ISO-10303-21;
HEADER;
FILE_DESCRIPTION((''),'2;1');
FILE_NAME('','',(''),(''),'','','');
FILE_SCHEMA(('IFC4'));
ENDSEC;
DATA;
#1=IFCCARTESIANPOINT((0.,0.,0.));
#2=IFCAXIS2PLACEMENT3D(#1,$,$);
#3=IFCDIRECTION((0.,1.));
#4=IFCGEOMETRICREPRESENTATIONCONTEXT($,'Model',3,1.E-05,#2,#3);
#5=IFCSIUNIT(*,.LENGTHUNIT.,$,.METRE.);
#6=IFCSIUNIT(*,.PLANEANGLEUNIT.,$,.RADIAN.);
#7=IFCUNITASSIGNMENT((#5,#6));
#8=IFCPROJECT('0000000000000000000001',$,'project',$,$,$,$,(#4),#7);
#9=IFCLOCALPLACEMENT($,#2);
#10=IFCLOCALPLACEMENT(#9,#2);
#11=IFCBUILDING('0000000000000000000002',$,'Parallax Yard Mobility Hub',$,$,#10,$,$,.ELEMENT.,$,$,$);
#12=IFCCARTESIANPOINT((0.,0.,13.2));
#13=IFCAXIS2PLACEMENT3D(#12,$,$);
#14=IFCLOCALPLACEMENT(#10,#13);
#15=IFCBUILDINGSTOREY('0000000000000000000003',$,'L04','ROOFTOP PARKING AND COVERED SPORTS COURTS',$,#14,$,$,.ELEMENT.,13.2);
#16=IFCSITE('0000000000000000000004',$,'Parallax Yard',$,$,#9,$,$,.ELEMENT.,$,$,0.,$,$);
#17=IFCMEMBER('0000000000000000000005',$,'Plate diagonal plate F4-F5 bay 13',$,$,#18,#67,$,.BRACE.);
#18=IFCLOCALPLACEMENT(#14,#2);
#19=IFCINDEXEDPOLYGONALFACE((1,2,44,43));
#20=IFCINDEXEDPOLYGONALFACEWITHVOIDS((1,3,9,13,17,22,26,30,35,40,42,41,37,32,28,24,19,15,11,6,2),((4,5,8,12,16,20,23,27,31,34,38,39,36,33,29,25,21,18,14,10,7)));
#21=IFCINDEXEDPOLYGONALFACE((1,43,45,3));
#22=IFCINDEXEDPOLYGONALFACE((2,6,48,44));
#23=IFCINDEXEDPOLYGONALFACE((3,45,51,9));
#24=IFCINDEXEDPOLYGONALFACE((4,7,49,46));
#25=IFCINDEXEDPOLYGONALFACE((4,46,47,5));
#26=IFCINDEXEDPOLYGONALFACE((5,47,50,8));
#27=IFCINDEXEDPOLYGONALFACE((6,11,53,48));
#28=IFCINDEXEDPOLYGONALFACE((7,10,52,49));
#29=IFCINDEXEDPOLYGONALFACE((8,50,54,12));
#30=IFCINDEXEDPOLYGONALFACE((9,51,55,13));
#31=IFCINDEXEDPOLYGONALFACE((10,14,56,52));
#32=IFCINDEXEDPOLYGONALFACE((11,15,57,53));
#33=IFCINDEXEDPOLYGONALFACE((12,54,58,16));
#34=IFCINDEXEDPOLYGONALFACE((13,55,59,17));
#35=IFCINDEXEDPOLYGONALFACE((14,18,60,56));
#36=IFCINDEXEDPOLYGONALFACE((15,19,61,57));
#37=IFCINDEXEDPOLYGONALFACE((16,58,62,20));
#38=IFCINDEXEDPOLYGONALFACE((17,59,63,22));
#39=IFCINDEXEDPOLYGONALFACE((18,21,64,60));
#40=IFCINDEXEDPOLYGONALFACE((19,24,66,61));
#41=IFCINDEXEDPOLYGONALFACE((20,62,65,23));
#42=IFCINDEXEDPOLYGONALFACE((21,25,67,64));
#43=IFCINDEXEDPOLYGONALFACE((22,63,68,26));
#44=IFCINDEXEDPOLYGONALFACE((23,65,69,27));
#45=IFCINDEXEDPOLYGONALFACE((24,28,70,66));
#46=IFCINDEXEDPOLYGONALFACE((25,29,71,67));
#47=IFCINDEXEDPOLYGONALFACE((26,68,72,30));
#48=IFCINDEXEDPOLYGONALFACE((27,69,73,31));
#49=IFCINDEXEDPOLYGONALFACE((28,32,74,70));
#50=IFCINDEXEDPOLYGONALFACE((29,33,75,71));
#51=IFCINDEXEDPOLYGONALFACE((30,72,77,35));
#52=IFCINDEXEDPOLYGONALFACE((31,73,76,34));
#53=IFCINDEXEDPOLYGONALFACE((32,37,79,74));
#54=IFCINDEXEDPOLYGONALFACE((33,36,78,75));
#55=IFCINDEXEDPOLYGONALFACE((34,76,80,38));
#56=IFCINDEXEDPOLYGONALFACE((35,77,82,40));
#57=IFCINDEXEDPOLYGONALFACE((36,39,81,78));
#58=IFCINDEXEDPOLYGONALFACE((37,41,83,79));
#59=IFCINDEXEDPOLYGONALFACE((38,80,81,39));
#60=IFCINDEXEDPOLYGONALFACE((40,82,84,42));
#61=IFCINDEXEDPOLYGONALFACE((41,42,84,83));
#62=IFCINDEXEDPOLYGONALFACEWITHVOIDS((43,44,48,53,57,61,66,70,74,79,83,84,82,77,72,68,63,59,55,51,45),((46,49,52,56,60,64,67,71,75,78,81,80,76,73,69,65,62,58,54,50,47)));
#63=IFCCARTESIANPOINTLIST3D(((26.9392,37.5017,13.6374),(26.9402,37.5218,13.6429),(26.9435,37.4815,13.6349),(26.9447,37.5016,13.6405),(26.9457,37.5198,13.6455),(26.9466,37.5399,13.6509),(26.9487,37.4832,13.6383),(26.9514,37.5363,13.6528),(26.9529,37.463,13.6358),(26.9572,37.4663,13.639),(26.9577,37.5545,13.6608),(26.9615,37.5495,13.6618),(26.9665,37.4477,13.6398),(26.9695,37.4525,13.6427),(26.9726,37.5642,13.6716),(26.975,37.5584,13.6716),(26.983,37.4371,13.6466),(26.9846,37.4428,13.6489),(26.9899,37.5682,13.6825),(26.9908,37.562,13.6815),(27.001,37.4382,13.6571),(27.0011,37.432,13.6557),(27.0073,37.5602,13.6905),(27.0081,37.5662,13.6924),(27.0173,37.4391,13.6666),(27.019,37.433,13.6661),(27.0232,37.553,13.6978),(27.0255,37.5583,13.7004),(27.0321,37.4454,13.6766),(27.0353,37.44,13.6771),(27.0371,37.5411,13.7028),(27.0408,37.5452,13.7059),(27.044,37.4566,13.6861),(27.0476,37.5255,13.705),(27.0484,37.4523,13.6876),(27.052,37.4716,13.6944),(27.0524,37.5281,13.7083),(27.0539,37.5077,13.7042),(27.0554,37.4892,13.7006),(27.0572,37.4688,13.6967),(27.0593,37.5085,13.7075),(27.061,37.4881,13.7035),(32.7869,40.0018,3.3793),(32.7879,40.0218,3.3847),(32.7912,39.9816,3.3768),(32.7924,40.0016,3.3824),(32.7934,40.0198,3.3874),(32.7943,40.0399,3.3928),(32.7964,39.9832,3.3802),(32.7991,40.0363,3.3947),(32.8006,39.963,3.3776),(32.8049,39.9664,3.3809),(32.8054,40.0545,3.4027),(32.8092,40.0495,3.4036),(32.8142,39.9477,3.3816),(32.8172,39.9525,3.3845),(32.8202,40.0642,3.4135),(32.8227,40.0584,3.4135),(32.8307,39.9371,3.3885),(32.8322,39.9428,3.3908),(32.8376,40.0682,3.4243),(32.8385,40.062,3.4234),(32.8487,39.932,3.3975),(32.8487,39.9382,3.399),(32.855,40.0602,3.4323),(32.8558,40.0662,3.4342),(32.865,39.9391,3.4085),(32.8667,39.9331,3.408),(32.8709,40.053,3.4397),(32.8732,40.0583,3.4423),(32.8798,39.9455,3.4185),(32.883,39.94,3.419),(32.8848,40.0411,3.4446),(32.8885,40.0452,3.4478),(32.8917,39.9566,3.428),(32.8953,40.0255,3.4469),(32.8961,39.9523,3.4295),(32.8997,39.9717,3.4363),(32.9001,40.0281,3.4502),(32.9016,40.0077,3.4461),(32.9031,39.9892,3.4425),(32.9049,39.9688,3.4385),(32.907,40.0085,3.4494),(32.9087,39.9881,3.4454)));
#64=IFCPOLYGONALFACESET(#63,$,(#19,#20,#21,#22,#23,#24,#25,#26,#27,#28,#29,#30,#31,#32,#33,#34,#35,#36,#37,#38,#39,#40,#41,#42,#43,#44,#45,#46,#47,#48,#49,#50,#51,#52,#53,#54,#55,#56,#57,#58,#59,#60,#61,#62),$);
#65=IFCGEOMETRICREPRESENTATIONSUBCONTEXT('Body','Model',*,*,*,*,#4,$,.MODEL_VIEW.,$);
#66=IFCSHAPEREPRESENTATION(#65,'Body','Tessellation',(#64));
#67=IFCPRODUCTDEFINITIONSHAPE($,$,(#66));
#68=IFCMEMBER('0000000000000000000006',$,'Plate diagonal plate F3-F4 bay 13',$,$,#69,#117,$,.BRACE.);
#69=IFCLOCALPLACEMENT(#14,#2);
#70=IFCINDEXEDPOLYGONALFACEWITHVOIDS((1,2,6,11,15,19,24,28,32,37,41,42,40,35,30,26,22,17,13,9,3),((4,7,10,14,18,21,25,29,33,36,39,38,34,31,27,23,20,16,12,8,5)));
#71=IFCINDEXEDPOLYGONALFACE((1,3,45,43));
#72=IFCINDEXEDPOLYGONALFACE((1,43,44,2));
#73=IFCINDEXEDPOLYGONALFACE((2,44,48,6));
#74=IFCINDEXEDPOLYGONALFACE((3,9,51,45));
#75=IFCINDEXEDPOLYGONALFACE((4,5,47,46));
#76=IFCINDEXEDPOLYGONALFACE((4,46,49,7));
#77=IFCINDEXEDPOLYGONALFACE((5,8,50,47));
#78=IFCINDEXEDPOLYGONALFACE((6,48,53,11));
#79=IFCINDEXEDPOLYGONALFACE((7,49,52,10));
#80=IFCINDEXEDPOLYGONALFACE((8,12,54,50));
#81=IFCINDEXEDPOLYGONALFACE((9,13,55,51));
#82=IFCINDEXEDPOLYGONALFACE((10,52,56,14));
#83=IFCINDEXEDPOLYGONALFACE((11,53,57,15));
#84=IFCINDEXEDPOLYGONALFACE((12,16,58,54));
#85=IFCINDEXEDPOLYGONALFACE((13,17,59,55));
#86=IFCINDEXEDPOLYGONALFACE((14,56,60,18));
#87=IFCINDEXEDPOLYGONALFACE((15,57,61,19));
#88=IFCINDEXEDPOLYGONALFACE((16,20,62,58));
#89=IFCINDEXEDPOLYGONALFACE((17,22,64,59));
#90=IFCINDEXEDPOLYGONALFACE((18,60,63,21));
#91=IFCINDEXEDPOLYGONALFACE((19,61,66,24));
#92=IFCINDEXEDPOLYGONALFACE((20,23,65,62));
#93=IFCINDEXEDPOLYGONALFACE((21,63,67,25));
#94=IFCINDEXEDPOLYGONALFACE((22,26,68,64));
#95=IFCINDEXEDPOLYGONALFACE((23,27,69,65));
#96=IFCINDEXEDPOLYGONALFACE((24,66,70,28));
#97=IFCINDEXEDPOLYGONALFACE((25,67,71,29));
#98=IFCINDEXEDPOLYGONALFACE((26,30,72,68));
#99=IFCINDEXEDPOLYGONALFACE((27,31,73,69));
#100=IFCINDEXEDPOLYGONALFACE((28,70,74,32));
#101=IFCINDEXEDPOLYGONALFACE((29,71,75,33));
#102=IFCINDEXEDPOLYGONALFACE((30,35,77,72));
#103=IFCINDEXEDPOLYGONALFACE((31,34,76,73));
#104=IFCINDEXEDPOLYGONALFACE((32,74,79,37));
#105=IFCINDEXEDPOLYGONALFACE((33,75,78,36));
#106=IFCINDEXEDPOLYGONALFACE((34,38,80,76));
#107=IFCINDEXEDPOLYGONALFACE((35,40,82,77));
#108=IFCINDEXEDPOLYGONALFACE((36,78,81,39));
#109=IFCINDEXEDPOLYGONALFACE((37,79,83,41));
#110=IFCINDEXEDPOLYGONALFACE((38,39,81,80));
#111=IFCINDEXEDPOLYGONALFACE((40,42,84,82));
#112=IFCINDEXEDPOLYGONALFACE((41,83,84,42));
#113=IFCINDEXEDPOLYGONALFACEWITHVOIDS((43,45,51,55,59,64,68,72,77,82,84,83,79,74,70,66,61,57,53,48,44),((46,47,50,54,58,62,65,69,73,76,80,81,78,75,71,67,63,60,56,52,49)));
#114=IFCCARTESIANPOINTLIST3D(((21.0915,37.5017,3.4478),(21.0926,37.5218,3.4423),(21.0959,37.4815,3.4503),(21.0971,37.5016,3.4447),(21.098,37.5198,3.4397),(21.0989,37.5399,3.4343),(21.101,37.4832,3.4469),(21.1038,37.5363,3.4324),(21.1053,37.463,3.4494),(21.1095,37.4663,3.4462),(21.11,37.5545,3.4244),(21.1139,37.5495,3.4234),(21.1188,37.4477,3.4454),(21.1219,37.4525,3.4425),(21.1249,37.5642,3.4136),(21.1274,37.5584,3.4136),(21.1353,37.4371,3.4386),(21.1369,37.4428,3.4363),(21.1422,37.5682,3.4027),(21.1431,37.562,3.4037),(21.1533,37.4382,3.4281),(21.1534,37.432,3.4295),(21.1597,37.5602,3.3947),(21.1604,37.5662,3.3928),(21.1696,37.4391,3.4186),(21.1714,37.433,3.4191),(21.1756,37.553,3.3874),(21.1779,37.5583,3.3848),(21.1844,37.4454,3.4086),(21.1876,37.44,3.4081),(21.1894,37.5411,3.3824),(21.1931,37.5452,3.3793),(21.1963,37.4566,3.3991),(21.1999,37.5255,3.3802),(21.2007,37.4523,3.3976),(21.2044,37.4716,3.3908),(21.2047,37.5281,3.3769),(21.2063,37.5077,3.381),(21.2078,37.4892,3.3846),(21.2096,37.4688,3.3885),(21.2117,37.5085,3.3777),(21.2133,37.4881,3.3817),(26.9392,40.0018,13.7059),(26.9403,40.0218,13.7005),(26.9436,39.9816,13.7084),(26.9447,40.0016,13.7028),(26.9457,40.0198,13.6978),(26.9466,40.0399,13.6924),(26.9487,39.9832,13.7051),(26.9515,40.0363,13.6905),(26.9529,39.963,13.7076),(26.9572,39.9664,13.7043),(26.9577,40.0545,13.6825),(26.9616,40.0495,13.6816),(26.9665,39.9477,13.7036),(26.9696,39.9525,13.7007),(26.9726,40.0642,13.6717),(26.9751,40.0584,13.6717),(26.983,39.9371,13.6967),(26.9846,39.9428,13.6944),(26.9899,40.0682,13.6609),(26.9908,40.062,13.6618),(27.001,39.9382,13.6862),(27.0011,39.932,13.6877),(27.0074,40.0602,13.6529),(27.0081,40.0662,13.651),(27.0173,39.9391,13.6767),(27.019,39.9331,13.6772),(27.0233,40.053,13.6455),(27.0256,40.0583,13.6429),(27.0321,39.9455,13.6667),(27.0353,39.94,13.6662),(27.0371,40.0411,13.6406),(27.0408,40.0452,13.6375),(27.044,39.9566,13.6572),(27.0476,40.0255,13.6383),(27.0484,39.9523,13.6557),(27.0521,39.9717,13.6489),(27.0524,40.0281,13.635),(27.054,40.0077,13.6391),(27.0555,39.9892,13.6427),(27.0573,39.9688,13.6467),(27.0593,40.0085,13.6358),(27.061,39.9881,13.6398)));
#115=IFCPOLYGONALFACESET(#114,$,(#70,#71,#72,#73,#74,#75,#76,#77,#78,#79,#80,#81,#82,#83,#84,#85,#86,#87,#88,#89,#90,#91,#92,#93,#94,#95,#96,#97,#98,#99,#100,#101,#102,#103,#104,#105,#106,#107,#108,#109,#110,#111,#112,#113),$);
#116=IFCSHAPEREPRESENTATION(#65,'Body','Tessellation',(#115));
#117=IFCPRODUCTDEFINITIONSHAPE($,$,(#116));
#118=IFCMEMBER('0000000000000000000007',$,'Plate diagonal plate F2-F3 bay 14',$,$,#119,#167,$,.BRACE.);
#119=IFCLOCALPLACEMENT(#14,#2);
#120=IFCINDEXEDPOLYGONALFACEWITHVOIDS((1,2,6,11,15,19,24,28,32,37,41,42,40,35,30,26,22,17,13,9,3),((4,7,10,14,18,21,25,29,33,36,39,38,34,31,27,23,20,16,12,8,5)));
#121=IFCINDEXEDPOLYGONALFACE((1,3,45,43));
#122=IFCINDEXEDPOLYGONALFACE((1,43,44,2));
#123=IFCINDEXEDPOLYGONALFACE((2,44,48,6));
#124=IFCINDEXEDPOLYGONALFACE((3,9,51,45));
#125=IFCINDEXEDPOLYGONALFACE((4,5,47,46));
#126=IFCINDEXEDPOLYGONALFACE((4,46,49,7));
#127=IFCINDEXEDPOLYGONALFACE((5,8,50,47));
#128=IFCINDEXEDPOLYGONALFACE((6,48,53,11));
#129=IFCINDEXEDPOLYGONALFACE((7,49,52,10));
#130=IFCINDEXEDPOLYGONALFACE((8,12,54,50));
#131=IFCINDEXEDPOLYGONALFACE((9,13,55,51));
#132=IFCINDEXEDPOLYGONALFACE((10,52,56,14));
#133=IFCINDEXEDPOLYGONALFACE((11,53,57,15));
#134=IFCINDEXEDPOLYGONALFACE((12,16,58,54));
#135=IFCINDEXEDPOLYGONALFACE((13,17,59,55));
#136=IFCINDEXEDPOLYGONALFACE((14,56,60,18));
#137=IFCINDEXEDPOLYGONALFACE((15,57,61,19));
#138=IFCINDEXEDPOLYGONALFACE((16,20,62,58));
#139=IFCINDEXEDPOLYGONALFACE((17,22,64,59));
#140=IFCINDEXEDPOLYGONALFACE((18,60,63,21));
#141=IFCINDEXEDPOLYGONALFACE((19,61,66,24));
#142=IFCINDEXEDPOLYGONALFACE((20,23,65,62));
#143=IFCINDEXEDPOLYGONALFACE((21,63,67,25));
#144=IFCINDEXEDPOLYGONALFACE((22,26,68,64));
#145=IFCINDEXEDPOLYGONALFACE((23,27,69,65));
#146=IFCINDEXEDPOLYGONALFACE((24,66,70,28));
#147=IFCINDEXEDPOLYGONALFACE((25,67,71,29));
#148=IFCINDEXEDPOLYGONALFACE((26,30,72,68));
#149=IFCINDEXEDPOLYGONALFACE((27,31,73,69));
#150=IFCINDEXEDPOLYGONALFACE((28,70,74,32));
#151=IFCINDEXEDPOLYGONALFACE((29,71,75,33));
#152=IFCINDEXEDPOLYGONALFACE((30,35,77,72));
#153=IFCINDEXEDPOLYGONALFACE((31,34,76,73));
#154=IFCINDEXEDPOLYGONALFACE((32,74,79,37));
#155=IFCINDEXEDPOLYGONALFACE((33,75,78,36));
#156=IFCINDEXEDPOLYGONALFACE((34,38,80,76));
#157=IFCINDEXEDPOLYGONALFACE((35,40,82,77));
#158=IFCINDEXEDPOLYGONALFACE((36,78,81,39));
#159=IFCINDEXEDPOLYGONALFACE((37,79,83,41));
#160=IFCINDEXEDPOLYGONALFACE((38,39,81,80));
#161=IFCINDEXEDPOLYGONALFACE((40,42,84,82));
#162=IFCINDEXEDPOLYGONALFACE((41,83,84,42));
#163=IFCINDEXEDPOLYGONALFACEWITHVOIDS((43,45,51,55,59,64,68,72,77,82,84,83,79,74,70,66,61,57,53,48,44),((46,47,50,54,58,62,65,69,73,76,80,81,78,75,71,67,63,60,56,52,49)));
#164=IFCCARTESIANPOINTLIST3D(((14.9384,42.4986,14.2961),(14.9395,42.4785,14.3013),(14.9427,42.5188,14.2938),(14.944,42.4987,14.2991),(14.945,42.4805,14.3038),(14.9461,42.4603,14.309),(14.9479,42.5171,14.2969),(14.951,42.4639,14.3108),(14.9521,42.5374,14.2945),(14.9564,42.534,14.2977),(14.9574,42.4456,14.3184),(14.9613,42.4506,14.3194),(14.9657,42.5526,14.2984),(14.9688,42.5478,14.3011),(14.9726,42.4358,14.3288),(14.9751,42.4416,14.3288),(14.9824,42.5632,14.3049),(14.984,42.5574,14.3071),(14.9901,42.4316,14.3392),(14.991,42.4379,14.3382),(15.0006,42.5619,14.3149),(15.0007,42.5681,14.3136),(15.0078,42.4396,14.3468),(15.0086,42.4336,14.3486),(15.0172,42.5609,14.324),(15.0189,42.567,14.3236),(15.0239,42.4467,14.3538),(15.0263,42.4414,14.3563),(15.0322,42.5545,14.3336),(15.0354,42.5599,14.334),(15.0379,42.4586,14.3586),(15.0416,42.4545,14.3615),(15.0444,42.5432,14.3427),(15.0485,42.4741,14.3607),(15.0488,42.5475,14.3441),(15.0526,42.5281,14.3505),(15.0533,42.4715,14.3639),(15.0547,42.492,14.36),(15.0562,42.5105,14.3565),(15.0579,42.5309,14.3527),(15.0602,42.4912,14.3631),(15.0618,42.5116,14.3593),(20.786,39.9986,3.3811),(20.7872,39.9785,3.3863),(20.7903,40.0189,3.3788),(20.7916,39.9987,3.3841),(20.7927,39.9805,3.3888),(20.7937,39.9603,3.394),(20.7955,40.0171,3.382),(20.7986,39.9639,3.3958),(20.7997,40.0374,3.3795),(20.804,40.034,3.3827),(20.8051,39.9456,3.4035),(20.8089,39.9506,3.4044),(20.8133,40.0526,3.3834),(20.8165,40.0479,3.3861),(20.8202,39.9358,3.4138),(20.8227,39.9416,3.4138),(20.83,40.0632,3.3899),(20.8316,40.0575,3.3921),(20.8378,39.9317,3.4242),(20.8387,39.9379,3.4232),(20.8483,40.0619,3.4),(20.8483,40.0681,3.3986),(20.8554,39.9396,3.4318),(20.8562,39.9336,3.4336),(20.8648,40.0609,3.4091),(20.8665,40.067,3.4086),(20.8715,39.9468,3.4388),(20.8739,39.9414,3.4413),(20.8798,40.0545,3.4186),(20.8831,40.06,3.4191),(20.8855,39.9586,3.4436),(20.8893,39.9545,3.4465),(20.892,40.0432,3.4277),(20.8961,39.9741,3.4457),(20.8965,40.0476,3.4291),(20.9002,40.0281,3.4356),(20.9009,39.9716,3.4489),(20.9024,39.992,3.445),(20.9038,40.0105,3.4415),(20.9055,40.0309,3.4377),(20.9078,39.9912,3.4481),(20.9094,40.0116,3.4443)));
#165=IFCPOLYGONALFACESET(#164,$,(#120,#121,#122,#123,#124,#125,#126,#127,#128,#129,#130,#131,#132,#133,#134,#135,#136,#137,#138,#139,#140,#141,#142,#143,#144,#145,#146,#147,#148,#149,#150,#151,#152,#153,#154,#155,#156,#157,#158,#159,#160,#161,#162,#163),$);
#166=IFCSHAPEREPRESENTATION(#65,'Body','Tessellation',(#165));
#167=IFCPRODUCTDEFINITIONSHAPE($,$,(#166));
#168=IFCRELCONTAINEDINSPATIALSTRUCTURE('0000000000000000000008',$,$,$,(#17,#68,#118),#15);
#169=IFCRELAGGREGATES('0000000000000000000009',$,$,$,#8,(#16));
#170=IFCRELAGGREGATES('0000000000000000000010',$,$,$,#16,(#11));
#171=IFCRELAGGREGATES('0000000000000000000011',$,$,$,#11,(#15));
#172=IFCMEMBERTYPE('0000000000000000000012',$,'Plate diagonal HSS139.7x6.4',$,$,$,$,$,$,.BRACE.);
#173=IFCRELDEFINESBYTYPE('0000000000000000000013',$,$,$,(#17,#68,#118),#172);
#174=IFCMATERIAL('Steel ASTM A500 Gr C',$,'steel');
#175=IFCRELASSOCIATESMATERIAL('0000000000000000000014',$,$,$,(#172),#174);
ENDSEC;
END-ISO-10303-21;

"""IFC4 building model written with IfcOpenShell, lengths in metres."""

from ifc_helpers import new_model, si_unit, direction, frame, origin, origin_2d, place, context, subcontext, project, spatial, hollow_circle, extrude, material, material_profile, profile_set, type_object, element, save


model = new_model("IFC4")

# Units and contexts
model_context = context("Model", 3, precision=1e-05, world=origin(), true_north=direction((0.0, 1.0)))
body_context = subcontext(model_context, "Body", "Model", "MODEL_VIEW")
ifc_project = project(units=[si_unit("LENGTHUNIT", "METRE"), si_unit("PLANEANGLEUNIT", "RADIAN")], contexts=[model_context])

# Site, building, storey
site_placement = place(None, origin())
site = spatial("IfcSite", under=ifc_project, at=site_placement, Name="Parallax Yard", CompositionType="ELEMENT", RefElevation=0.0)
building_placement = place(site_placement, origin())
building = spatial("IfcBuilding", under=site, at=building_placement, Name="Parallax Yard Mobility Hub", CompositionType="ELEMENT")
storey_placement = place(building_placement, frame((0.0, 0.0, 13.2)))
storey = spatial("IfcBuildingStorey", under=building, at=storey_placement, Name="L04", Description="ROOFTOP PARKING AND COVERED SPORTS COURTS", CompositionType="ELEMENT", Elevation=13.2)

# Members
ifc_material_1 = material(Name="Steel ASTM A500 Gr C", Category="steel")
ifc_material_profile_1 = material_profile(ifc_material_1, hollow_circle(Radius=0.0698, WallThickness=0.0063, at=origin_2d()), Name="HSS139.7x6.4")
ifc_profile_set_1 = profile_set([ifc_material_profile_1], Name="Steel ASTM A500 Gr C")
member_type_1 = type_object("IfcMemberType", Name="Plate diagonal HSS139.7x6.4", PredefinedType="BRACE", material=ifc_profile_set_1)
for number, where, z_axis, x_axis, name in (
    (1, (27.0, 37.5, 13.6716), (0.484499, 0.207134, -0.849916), (-0.393104, 0.919494, 0.0), "Plate diagonal plate F4-F5 bay 13"),
    (2, (21.1523, 37.5, 3.4136), (0.484499, 0.207134, 0.849916), (-0.393104, 0.919494, 0.0), "Plate diagonal plate F3-F4 bay 13"),
):
    element("IfcMember", number, at=place(storey_placement, frame(where, z_axis=z_axis, x_axis=x_axis)), inside=storey, type_object=member_type_1, Name=name, PredefinedType="BRACE", context=body_context, shape_type="SweptSolid", body=[
        extrude(hollow_circle(Radius=0.0698, WallThickness=0.0063, at=origin_2d()), origin(), (0.0, 0.0, 1.0), 12.0696),
    ])
member_1_placement = place(storey_placement, frame((20.8477, 40.0, 3.4138), z_axis=(-0.462901, 0.1979, 0.864036), x_axis=(-0.393104, -0.919494, 0.0)))
element("IfcMember", 3, at=member_1_placement, inside=storey, type_object=member_type_1, Name="Plate diagonal plate F2-F3 bay 14", PredefinedType="BRACE", context=body_context, shape_type="SweptSolid", body=[
    extrude(hollow_circle(Radius=0.0698, WallThickness=0.0063, at=origin_2d()), origin(), (0.0, 0.0, 1.0), 12.6326),
])

save(model, "model.ifc")
